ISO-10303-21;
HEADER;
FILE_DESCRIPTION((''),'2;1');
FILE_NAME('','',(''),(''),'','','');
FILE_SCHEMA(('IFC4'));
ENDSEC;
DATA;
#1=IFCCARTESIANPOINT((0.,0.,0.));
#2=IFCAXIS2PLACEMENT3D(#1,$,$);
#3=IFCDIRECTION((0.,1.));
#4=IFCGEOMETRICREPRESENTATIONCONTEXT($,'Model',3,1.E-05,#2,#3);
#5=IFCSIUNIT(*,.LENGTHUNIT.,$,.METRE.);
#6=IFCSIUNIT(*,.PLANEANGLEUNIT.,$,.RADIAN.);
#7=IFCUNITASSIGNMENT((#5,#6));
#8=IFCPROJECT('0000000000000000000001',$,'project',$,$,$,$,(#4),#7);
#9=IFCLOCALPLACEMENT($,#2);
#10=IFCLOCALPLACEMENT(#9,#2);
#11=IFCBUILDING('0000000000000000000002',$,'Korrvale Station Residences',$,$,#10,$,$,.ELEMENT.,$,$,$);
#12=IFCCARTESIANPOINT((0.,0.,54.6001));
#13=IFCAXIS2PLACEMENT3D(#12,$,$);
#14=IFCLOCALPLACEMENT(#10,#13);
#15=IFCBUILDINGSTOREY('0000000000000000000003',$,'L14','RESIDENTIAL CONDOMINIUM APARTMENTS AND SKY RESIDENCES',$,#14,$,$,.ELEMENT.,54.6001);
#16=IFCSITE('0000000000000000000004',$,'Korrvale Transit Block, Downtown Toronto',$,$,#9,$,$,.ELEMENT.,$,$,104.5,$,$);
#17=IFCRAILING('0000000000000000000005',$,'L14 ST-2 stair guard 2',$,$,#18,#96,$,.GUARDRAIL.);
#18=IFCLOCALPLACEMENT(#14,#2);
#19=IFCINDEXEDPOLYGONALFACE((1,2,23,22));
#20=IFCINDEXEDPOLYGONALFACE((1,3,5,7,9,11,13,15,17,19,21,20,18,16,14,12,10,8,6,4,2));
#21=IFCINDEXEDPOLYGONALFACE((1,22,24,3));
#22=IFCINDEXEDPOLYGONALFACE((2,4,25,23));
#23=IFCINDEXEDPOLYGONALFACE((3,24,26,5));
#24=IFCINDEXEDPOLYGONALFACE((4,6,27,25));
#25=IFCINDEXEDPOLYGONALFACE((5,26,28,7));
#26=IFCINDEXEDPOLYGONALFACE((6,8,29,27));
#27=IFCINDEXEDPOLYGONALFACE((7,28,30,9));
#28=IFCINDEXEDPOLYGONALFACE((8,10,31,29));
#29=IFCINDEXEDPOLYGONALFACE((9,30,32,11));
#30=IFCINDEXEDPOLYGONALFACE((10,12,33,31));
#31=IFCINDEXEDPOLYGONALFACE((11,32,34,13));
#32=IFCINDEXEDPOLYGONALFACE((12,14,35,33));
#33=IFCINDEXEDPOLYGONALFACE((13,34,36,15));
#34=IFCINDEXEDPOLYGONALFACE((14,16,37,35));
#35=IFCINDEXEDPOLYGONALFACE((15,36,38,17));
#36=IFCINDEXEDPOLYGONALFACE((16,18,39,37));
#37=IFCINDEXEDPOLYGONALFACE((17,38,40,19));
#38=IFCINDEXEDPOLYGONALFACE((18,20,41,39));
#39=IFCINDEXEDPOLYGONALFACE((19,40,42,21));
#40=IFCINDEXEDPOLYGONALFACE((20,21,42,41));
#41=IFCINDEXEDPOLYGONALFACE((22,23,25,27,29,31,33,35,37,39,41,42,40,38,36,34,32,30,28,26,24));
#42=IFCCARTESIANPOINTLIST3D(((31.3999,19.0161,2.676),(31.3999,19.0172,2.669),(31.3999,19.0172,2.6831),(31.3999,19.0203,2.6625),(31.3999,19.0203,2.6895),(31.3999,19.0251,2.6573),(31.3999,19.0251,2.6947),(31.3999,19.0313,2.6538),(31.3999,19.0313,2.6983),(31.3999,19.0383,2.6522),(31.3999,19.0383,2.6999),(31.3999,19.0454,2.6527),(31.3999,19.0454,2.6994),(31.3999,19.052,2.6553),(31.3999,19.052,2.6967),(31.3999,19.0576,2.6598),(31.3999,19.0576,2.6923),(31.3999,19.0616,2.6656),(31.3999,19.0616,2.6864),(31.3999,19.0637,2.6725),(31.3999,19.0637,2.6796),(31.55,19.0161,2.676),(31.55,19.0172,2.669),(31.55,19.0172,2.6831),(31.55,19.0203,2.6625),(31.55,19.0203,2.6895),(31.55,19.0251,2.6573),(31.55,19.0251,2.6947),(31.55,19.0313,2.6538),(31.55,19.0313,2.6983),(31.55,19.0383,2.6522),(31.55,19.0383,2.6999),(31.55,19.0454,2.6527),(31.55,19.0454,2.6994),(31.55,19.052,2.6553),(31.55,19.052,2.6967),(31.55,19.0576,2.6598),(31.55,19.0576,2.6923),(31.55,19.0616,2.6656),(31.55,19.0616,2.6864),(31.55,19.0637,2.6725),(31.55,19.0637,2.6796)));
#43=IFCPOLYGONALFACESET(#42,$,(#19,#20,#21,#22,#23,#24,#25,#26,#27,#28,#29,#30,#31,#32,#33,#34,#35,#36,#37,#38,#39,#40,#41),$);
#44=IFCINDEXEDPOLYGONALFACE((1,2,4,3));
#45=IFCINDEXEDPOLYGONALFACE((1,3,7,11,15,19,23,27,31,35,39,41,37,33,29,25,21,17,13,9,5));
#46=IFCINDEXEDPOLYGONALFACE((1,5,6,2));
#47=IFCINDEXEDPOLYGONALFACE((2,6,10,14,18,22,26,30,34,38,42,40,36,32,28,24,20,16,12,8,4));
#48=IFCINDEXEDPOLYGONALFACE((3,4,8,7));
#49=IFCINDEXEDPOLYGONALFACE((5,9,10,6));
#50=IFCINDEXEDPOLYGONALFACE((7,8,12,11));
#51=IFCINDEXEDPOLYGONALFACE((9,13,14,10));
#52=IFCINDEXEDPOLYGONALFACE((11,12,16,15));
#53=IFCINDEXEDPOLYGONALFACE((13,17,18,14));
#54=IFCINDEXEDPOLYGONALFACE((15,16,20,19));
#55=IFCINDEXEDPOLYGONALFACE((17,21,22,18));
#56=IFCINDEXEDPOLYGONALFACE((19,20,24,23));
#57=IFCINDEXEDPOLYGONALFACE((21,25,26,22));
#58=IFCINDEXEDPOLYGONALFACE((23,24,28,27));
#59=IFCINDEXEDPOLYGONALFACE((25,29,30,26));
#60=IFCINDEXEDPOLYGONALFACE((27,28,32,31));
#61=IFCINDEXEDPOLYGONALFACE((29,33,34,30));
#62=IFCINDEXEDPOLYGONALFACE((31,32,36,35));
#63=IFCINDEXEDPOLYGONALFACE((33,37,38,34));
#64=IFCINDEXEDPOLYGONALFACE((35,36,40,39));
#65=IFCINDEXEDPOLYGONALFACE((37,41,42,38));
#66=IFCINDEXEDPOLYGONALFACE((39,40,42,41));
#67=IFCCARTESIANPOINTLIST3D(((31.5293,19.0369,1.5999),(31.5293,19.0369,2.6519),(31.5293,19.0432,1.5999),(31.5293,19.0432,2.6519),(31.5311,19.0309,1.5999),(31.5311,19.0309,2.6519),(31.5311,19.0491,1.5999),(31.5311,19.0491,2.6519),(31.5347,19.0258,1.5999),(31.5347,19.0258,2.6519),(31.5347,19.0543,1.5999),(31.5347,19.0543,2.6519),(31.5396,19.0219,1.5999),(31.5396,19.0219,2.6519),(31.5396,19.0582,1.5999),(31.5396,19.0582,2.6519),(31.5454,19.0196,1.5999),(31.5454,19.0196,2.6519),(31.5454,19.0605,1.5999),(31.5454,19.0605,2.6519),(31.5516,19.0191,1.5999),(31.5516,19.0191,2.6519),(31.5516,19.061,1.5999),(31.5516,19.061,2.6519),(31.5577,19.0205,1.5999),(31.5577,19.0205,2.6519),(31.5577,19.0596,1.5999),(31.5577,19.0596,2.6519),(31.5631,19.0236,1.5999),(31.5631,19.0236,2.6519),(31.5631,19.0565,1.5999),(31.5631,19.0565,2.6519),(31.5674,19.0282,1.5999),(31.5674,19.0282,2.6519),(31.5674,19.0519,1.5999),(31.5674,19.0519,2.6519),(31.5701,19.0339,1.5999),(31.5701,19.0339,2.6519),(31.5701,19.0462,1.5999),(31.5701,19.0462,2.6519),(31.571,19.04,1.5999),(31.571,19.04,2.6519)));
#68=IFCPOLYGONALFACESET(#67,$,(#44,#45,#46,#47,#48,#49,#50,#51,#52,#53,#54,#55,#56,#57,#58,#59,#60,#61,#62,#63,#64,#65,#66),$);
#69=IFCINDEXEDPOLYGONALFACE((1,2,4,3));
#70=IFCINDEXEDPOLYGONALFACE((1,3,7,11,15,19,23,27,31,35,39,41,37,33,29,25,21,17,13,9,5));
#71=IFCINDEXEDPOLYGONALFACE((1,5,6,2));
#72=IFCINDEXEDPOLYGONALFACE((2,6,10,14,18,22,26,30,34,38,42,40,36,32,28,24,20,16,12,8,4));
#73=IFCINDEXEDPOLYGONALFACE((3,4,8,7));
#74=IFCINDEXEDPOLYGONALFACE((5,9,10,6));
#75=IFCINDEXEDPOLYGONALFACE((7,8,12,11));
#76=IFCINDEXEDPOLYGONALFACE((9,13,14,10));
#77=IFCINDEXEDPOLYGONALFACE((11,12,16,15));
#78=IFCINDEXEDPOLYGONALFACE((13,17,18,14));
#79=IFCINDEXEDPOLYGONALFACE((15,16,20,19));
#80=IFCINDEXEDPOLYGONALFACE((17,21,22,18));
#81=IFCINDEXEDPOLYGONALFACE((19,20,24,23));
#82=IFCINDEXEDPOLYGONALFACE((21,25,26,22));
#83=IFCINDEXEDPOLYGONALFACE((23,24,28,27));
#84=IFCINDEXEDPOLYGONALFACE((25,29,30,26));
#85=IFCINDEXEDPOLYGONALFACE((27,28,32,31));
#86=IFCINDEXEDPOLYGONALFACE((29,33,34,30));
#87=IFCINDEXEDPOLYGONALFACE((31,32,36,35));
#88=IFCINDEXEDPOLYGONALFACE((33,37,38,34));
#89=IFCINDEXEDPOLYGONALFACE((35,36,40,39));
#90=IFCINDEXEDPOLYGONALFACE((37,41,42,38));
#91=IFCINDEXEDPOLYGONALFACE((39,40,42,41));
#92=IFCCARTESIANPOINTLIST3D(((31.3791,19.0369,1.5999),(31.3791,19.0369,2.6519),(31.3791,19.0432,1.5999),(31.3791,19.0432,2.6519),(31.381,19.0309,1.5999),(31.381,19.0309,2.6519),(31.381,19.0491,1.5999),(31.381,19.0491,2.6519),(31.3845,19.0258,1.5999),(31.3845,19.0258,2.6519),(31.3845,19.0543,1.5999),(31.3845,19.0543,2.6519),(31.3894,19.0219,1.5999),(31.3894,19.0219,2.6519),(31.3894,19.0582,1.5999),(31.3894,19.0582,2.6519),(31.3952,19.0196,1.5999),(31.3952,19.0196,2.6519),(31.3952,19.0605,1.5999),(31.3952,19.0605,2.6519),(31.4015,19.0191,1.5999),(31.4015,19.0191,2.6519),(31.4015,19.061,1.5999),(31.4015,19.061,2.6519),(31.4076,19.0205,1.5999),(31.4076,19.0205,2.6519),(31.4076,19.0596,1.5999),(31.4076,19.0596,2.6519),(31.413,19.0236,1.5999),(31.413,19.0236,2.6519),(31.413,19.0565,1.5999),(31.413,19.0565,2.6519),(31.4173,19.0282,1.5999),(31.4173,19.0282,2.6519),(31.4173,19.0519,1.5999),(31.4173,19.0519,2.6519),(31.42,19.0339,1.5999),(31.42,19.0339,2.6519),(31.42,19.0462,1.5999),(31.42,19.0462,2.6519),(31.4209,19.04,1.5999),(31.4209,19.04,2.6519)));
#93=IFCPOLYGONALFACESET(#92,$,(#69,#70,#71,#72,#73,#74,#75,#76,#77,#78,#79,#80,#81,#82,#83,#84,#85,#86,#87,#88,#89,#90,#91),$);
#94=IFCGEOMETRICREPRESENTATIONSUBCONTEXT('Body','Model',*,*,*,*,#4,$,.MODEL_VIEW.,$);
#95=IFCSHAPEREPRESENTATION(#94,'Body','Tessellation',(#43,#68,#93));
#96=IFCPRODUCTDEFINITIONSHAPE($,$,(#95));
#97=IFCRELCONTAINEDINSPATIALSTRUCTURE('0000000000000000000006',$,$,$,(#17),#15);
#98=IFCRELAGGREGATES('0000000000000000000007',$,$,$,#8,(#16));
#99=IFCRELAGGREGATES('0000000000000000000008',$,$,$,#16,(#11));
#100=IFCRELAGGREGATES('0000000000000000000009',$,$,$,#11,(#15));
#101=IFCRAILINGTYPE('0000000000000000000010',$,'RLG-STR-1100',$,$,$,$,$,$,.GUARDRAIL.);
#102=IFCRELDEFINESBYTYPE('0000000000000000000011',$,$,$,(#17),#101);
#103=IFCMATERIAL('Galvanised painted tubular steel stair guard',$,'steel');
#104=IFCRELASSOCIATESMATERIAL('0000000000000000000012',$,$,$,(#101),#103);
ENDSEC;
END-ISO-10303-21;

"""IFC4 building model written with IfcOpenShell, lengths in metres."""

from ifc_helpers import new_model, si_unit, direction, frame, origin, origin_2d, place, context, subcontext, project, spatial, circle, extrude, material, type_object, element, save


model = new_model("IFC4")

# Units and contexts
model_context = context("Model", 3, precision=1e-05, world=origin(), true_north=direction((0.0, 1.0)))
body_context = subcontext(model_context, "Body", "Model", "MODEL_VIEW")
ifc_project = project(units=[si_unit("LENGTHUNIT", "METRE"), si_unit("PLANEANGLEUNIT", "RADIAN")], contexts=[model_context])

# Site, building, storey
site_placement = place(None, origin())
site = spatial("IfcSite", under=ifc_project, at=site_placement, Name="Korrvale Transit Block, Downtown Toronto", CompositionType="ELEMENT", RefElevation=104.5)
building_placement = place(site_placement, origin())
building = spatial("IfcBuilding", under=site, at=building_placement, Name="Korrvale Station Residences", CompositionType="ELEMENT")
storey_placement = place(building_placement, frame((0.0, 0.0, 54.6001)))
storey = spatial("IfcBuildingStorey", under=building, at=storey_placement, Name="L14", Description="RESIDENTIAL CONDOMINIUM APARTMENTS AND SKY RESIDENCES", CompositionType="ELEMENT", Elevation=54.6001)

# Railing
ifc_material_1 = material(Name="Galvanised painted tubular steel stair guard", Category="steel")
railing_type_1 = type_object("IfcRailingType", Name="RLG-STR-1100", PredefinedType="GUARDRAIL", material=ifc_material_1)
railing_1_placement = place(storey_placement, frame((31.55, 19.04, 1.5999)))
element("IfcRailing", 1, at=railing_1_placement, inside=storey, type_object=railing_type_1, Name="L14 ST-2 stair guard 2", PredefinedType="GUARDRAIL", context=body_context, shape_type="SweptSolid", body=[
    extrude(circle(Radius=0.0239, at=origin_2d()), frame((0.0, 0.0, 1.0762), z_axis=(-1.0, 0.0, 0.0), x_axis=(0.0, -1.0, 0.0)), (0.0, 0.0, 1.0), 0.1501),
    extrude(circle(Radius=0.021, at=origin_2d()), origin(), (0.0, 0.0, 1.0), 1.052),
    extrude(circle(Radius=0.021, at=origin_2d()), frame((-0.1501, 0.0, 0.0)), (0.0, 0.0, 1.0), 1.052),
])

save(model, "model.ifc")
